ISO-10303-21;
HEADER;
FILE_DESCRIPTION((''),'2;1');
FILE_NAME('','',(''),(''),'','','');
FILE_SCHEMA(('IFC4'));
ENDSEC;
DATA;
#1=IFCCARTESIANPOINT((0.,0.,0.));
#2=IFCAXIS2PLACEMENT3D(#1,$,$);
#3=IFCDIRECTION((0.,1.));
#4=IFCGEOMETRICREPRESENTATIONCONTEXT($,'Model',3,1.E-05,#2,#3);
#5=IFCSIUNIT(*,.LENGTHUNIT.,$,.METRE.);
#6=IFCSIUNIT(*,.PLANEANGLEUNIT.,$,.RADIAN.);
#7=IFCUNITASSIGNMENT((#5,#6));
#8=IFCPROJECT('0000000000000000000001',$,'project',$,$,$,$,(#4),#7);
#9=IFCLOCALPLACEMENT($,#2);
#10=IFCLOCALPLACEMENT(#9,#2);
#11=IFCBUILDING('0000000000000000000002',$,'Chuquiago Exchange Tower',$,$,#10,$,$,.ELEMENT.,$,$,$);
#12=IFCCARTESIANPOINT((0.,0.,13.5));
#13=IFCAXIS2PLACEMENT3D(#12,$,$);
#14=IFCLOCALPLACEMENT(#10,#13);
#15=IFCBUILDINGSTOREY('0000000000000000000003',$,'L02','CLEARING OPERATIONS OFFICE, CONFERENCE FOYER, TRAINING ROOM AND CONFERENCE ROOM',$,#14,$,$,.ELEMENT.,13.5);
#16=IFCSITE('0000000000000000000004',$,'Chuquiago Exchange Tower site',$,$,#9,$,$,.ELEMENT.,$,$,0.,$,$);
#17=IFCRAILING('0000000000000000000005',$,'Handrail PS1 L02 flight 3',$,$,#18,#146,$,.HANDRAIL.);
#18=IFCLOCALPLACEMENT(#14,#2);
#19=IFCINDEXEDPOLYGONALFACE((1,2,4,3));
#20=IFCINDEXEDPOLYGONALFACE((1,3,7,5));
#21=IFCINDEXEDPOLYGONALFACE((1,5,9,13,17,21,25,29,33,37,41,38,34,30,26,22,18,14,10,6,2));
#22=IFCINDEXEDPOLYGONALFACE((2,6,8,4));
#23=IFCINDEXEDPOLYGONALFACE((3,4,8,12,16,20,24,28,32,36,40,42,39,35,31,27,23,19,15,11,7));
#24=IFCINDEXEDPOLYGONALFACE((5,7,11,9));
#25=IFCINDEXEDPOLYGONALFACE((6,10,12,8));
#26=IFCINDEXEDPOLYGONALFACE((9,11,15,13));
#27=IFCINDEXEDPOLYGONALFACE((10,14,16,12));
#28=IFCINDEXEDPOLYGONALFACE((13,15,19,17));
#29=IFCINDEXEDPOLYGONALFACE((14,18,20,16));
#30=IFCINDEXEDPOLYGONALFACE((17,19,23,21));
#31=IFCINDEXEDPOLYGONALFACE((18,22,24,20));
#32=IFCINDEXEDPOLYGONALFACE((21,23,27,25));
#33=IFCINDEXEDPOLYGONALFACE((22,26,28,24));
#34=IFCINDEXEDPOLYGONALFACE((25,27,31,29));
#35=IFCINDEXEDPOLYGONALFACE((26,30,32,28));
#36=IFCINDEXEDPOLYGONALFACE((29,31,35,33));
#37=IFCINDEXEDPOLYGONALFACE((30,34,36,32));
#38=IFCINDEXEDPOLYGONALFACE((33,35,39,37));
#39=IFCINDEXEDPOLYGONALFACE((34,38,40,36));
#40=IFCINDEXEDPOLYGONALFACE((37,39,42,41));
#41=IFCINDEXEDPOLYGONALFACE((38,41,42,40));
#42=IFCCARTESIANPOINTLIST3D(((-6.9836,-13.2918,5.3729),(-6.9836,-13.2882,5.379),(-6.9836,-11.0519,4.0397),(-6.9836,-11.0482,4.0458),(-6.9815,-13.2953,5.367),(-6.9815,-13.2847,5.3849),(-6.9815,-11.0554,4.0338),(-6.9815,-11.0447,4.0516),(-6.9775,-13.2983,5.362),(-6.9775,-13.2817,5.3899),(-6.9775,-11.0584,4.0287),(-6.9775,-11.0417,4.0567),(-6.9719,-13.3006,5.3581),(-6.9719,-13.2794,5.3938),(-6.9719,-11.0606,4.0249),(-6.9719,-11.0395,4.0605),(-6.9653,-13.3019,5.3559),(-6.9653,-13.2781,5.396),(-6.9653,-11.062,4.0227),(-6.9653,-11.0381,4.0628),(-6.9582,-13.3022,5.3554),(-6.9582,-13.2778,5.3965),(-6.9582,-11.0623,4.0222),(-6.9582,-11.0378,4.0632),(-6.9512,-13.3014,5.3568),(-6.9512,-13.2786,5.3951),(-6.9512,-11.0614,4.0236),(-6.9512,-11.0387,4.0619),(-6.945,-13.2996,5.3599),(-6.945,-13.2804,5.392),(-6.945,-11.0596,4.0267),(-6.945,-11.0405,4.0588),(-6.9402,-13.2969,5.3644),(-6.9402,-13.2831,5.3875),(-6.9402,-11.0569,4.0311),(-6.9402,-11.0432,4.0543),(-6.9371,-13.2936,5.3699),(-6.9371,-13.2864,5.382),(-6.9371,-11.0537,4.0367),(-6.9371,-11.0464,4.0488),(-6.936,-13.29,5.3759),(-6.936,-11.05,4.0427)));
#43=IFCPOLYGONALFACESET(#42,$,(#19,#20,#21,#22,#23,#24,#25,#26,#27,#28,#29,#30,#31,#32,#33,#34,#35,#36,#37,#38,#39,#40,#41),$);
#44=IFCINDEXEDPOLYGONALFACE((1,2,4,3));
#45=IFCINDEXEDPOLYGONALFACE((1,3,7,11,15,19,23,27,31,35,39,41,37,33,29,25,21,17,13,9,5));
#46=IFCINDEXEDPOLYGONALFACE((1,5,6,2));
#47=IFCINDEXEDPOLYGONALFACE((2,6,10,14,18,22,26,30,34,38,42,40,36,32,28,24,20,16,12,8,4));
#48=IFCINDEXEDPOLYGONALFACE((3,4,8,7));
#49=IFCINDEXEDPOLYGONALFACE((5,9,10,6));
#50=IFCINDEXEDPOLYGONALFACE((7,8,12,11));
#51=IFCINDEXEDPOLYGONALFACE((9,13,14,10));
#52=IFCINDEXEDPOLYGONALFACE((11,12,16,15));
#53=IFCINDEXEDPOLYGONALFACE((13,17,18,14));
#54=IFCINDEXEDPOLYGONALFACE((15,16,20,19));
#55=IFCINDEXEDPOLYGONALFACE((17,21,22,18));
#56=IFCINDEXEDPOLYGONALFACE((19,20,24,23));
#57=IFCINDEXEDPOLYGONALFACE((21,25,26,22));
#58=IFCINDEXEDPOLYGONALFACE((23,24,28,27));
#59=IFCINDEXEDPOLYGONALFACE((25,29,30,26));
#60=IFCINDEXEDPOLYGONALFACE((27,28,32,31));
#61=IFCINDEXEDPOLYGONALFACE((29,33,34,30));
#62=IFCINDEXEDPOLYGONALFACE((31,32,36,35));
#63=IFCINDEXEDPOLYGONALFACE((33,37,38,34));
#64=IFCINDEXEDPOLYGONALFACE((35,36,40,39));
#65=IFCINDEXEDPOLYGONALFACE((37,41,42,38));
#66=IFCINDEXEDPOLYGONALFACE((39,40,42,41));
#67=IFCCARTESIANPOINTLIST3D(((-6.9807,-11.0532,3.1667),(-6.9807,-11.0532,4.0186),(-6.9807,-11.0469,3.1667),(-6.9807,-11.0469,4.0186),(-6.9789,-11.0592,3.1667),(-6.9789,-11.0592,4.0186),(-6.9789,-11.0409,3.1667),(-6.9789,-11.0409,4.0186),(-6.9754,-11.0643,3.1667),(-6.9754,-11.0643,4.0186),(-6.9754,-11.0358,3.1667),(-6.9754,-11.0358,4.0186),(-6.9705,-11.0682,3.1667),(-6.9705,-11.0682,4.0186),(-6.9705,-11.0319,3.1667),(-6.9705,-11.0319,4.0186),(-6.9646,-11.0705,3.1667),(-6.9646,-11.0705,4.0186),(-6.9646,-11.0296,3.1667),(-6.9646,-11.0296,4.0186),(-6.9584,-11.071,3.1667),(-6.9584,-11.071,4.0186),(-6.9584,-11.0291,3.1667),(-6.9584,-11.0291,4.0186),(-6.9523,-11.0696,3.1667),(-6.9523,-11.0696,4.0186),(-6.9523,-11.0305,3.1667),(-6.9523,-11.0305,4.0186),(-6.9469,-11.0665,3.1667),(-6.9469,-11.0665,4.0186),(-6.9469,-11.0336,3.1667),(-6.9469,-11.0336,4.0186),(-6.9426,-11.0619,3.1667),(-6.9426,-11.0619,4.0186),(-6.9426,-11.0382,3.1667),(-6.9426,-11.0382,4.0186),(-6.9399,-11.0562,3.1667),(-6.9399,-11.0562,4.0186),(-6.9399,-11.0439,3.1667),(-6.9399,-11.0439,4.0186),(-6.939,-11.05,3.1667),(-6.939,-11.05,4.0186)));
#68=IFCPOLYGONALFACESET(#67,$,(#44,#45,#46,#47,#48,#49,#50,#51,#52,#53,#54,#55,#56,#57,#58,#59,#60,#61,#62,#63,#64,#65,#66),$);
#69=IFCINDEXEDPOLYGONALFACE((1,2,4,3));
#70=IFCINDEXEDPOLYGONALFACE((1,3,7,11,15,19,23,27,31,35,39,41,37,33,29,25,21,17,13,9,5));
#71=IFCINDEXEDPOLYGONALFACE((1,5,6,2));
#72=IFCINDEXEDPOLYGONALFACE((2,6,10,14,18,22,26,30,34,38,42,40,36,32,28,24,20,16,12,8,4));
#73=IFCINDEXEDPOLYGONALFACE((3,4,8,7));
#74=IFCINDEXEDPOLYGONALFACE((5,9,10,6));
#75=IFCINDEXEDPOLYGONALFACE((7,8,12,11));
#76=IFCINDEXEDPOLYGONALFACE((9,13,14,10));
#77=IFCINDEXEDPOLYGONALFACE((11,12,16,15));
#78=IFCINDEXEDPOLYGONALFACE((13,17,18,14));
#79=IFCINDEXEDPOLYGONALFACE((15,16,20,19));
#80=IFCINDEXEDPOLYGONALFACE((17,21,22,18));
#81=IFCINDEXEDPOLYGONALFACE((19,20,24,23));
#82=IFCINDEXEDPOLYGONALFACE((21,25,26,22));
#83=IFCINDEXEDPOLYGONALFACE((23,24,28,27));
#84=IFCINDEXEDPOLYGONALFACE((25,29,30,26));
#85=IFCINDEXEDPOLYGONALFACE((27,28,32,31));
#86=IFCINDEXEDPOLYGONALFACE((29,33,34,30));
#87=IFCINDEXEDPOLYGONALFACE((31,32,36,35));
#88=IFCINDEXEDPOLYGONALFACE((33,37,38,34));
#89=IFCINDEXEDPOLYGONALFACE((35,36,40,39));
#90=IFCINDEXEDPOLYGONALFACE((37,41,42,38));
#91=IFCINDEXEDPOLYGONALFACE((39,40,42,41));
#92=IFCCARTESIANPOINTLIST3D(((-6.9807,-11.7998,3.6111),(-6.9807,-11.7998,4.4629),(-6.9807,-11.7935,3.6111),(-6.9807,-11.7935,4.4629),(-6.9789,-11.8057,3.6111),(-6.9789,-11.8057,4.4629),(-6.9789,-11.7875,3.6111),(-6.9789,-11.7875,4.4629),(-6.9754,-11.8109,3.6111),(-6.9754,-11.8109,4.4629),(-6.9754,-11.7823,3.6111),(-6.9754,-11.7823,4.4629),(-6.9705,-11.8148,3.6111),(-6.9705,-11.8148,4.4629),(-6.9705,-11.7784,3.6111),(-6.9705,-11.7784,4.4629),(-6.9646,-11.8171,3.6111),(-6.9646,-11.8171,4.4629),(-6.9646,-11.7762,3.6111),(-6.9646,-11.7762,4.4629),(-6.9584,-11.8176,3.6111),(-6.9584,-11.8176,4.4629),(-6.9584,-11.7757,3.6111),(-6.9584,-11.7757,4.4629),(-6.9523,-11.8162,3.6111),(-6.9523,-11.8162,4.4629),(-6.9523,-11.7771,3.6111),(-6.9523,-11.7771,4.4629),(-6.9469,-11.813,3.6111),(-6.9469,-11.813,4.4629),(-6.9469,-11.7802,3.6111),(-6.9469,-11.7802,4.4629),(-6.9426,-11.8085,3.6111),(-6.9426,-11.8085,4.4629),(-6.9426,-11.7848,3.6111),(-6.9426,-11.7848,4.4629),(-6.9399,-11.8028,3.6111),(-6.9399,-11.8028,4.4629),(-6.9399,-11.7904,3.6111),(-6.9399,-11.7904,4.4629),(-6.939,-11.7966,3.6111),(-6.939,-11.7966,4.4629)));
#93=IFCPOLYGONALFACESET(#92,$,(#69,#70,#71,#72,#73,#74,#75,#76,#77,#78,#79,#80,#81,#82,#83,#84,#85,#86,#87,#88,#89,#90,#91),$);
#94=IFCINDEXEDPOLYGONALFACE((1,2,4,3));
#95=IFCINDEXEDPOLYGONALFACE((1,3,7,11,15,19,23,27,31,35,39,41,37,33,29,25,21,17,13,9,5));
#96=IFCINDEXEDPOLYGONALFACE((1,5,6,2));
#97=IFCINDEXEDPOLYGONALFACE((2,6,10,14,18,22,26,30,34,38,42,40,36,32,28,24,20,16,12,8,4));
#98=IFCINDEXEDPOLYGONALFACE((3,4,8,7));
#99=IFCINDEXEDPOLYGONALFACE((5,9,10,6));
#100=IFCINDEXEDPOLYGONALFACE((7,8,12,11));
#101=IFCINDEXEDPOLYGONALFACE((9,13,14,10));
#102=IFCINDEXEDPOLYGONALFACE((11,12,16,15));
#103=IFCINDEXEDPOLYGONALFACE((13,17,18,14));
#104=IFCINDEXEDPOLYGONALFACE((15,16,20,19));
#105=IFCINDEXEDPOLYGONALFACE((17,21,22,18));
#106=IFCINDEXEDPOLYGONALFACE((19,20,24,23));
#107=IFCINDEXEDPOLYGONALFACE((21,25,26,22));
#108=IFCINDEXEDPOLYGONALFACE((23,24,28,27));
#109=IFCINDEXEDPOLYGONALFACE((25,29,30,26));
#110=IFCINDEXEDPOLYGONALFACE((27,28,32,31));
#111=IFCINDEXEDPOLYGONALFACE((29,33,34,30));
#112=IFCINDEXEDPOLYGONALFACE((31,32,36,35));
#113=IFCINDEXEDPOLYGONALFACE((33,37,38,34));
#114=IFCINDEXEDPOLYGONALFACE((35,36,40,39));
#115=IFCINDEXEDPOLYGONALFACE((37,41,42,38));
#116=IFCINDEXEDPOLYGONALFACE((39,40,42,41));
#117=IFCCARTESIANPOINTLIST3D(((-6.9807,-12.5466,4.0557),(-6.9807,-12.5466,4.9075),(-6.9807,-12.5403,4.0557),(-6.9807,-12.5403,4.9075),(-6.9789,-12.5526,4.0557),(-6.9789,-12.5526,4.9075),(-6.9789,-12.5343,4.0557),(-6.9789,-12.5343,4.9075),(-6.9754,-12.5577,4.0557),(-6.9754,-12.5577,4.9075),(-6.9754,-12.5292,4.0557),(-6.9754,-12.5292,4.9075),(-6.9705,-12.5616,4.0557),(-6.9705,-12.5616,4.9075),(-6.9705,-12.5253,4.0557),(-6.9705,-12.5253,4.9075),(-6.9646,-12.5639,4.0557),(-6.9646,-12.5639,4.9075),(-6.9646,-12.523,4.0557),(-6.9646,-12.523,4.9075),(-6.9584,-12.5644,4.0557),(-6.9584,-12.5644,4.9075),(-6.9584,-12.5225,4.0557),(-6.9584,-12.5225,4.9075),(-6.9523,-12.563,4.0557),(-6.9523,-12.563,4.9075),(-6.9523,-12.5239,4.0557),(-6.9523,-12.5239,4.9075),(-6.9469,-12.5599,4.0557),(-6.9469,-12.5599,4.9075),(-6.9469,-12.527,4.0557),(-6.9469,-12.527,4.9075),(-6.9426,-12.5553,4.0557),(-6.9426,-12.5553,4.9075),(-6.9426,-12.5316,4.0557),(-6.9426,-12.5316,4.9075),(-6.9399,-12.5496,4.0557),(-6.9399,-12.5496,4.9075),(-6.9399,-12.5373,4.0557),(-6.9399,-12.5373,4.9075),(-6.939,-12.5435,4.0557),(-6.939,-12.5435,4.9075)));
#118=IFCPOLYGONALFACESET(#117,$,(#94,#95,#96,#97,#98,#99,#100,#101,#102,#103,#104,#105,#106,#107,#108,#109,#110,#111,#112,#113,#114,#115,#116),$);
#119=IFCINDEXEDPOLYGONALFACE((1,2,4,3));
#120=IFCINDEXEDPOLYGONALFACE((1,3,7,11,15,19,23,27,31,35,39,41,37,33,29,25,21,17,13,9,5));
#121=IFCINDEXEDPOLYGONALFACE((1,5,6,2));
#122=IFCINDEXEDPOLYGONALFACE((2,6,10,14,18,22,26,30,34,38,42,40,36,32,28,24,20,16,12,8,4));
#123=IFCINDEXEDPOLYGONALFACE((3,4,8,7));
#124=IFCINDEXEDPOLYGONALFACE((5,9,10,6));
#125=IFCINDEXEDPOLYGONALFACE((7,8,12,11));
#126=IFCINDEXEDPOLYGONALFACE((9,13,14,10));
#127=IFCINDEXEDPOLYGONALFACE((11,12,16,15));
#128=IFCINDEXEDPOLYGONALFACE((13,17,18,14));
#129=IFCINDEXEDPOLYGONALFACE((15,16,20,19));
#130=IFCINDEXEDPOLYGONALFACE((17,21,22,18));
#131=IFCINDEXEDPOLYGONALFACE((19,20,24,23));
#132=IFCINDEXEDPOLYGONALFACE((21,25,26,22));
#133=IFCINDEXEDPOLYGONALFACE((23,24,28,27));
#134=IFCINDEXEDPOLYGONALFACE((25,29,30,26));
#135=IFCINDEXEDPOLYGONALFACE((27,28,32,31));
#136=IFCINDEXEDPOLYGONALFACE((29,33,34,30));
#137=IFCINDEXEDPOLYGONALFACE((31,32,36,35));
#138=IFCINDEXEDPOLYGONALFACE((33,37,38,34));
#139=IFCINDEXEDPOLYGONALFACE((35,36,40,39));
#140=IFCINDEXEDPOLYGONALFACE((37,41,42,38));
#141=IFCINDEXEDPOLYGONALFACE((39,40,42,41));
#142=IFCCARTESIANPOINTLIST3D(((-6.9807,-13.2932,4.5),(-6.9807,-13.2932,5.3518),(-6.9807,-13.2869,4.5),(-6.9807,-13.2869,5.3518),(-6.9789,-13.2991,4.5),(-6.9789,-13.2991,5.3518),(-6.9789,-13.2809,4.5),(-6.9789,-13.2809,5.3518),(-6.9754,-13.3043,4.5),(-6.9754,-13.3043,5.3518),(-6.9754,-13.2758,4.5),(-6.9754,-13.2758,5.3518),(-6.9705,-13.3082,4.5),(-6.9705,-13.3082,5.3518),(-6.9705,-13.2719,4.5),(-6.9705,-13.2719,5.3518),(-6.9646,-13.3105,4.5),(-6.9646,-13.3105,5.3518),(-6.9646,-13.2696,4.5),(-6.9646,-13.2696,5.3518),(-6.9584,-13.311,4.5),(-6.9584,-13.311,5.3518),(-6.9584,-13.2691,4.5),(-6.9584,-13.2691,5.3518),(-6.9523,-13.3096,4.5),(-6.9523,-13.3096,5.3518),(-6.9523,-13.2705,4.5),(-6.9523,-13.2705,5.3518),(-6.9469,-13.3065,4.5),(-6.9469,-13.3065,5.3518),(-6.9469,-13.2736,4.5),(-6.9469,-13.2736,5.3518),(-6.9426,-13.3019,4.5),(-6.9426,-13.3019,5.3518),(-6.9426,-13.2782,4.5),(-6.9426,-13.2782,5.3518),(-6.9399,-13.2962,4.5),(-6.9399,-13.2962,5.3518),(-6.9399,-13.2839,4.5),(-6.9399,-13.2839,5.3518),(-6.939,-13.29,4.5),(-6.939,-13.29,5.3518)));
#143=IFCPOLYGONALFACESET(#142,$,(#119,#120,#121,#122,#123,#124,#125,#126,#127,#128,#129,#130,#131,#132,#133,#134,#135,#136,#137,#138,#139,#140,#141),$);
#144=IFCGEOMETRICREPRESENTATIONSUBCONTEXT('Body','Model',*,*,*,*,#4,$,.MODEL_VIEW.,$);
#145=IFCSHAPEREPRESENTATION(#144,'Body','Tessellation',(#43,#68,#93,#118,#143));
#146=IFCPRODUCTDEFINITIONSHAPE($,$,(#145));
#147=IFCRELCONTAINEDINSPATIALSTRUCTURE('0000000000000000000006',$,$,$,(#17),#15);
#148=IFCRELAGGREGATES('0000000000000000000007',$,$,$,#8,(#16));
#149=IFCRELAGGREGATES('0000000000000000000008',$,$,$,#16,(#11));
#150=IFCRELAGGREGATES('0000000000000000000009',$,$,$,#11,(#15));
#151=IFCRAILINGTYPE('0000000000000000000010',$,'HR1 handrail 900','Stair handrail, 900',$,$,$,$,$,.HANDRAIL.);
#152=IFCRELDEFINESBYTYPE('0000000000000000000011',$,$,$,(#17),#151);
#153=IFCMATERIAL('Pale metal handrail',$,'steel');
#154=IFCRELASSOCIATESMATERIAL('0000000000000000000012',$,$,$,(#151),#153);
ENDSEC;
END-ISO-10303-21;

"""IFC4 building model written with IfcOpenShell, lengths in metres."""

from ifc_helpers import new_model, si_unit, direction, frame, origin, origin_2d, place, context, subcontext, project, spatial, circle, extrude, material, type_object, element, save


model = new_model("IFC4")

# Units and contexts
model_context = context("Model", 3, precision=1e-05, world=origin(), true_north=direction((0.0, 1.0)))
body_context = subcontext(model_context, "Body", "Model", "MODEL_VIEW")
ifc_project = project(units=[si_unit("LENGTHUNIT", "METRE"), si_unit("PLANEANGLEUNIT", "RADIAN")], contexts=[model_context])

# Site, building, storey
site_placement = place(None, origin())
site = spatial("IfcSite", under=ifc_project, at=site_placement, Name="Chuquiago Exchange Tower site", CompositionType="ELEMENT", RefElevation=0.0)
building_placement = place(site_placement, origin())
building = spatial("IfcBuilding", under=site, at=building_placement, Name="Chuquiago Exchange Tower", CompositionType="ELEMENT")
storey_placement = place(building_placement, frame((0.0, 0.0, 13.5)))
storey = spatial("IfcBuildingStorey", under=building, at=storey_placement, Name="L02", Description="CLEARING OPERATIONS OFFICE, CONFERENCE FOYER, TRAINING ROOM AND CONFERENCE ROOM", CompositionType="ELEMENT", Elevation=13.5)

# Railing
ifc_material_1 = material(Name="Pale metal handrail", Category="steel")
railing_type = type_object("IfcRailingType", Name="HR1 handrail 900", Description="Stair handrail, 900", PredefinedType="HANDRAIL", material=ifc_material_1)
for number, where, name in (
    (1, (-6.96, -11.05, 3.1667), "Handrail PS1 L02 flight 3"),
):
    element("IfcRailing", number, at=place(storey_placement, frame(where)), inside=storey, type_object=railing_type, Name=name, PredefinedType="HANDRAIL", context=body_context, shape_type="SweptSolid", body=[
        extrude(circle(Radius=0.0239, at=origin_2d()), frame((0.0, 0.0, 0.876), z_axis=(0.0, -0.859306, 0.511462), x_axis=(1.0, 0.0, 0.0)), (0.0, 0.0, 1.0), 2.6067),
        extrude(circle(Radius=0.021, at=origin_2d()), origin(), (0.0, 0.0, 1.0), 0.8518),
        extrude(circle(Radius=0.021, at=origin_2d()), frame((0.0, -0.7466, 0.4443)), (0.0, 0.0, 1.0), 0.8518),
        extrude(circle(Radius=0.021, at=origin_2d()), frame((0.0, -1.4934, 0.8889)), (0.0, 0.0, 1.0), 0.8518),
        extrude(circle(Radius=0.021, at=origin_2d()), frame((0.0, -2.24, 1.3333)), (0.0, 0.0, 1.0), 0.8518),
    ])

save(model, "model.ifc")
